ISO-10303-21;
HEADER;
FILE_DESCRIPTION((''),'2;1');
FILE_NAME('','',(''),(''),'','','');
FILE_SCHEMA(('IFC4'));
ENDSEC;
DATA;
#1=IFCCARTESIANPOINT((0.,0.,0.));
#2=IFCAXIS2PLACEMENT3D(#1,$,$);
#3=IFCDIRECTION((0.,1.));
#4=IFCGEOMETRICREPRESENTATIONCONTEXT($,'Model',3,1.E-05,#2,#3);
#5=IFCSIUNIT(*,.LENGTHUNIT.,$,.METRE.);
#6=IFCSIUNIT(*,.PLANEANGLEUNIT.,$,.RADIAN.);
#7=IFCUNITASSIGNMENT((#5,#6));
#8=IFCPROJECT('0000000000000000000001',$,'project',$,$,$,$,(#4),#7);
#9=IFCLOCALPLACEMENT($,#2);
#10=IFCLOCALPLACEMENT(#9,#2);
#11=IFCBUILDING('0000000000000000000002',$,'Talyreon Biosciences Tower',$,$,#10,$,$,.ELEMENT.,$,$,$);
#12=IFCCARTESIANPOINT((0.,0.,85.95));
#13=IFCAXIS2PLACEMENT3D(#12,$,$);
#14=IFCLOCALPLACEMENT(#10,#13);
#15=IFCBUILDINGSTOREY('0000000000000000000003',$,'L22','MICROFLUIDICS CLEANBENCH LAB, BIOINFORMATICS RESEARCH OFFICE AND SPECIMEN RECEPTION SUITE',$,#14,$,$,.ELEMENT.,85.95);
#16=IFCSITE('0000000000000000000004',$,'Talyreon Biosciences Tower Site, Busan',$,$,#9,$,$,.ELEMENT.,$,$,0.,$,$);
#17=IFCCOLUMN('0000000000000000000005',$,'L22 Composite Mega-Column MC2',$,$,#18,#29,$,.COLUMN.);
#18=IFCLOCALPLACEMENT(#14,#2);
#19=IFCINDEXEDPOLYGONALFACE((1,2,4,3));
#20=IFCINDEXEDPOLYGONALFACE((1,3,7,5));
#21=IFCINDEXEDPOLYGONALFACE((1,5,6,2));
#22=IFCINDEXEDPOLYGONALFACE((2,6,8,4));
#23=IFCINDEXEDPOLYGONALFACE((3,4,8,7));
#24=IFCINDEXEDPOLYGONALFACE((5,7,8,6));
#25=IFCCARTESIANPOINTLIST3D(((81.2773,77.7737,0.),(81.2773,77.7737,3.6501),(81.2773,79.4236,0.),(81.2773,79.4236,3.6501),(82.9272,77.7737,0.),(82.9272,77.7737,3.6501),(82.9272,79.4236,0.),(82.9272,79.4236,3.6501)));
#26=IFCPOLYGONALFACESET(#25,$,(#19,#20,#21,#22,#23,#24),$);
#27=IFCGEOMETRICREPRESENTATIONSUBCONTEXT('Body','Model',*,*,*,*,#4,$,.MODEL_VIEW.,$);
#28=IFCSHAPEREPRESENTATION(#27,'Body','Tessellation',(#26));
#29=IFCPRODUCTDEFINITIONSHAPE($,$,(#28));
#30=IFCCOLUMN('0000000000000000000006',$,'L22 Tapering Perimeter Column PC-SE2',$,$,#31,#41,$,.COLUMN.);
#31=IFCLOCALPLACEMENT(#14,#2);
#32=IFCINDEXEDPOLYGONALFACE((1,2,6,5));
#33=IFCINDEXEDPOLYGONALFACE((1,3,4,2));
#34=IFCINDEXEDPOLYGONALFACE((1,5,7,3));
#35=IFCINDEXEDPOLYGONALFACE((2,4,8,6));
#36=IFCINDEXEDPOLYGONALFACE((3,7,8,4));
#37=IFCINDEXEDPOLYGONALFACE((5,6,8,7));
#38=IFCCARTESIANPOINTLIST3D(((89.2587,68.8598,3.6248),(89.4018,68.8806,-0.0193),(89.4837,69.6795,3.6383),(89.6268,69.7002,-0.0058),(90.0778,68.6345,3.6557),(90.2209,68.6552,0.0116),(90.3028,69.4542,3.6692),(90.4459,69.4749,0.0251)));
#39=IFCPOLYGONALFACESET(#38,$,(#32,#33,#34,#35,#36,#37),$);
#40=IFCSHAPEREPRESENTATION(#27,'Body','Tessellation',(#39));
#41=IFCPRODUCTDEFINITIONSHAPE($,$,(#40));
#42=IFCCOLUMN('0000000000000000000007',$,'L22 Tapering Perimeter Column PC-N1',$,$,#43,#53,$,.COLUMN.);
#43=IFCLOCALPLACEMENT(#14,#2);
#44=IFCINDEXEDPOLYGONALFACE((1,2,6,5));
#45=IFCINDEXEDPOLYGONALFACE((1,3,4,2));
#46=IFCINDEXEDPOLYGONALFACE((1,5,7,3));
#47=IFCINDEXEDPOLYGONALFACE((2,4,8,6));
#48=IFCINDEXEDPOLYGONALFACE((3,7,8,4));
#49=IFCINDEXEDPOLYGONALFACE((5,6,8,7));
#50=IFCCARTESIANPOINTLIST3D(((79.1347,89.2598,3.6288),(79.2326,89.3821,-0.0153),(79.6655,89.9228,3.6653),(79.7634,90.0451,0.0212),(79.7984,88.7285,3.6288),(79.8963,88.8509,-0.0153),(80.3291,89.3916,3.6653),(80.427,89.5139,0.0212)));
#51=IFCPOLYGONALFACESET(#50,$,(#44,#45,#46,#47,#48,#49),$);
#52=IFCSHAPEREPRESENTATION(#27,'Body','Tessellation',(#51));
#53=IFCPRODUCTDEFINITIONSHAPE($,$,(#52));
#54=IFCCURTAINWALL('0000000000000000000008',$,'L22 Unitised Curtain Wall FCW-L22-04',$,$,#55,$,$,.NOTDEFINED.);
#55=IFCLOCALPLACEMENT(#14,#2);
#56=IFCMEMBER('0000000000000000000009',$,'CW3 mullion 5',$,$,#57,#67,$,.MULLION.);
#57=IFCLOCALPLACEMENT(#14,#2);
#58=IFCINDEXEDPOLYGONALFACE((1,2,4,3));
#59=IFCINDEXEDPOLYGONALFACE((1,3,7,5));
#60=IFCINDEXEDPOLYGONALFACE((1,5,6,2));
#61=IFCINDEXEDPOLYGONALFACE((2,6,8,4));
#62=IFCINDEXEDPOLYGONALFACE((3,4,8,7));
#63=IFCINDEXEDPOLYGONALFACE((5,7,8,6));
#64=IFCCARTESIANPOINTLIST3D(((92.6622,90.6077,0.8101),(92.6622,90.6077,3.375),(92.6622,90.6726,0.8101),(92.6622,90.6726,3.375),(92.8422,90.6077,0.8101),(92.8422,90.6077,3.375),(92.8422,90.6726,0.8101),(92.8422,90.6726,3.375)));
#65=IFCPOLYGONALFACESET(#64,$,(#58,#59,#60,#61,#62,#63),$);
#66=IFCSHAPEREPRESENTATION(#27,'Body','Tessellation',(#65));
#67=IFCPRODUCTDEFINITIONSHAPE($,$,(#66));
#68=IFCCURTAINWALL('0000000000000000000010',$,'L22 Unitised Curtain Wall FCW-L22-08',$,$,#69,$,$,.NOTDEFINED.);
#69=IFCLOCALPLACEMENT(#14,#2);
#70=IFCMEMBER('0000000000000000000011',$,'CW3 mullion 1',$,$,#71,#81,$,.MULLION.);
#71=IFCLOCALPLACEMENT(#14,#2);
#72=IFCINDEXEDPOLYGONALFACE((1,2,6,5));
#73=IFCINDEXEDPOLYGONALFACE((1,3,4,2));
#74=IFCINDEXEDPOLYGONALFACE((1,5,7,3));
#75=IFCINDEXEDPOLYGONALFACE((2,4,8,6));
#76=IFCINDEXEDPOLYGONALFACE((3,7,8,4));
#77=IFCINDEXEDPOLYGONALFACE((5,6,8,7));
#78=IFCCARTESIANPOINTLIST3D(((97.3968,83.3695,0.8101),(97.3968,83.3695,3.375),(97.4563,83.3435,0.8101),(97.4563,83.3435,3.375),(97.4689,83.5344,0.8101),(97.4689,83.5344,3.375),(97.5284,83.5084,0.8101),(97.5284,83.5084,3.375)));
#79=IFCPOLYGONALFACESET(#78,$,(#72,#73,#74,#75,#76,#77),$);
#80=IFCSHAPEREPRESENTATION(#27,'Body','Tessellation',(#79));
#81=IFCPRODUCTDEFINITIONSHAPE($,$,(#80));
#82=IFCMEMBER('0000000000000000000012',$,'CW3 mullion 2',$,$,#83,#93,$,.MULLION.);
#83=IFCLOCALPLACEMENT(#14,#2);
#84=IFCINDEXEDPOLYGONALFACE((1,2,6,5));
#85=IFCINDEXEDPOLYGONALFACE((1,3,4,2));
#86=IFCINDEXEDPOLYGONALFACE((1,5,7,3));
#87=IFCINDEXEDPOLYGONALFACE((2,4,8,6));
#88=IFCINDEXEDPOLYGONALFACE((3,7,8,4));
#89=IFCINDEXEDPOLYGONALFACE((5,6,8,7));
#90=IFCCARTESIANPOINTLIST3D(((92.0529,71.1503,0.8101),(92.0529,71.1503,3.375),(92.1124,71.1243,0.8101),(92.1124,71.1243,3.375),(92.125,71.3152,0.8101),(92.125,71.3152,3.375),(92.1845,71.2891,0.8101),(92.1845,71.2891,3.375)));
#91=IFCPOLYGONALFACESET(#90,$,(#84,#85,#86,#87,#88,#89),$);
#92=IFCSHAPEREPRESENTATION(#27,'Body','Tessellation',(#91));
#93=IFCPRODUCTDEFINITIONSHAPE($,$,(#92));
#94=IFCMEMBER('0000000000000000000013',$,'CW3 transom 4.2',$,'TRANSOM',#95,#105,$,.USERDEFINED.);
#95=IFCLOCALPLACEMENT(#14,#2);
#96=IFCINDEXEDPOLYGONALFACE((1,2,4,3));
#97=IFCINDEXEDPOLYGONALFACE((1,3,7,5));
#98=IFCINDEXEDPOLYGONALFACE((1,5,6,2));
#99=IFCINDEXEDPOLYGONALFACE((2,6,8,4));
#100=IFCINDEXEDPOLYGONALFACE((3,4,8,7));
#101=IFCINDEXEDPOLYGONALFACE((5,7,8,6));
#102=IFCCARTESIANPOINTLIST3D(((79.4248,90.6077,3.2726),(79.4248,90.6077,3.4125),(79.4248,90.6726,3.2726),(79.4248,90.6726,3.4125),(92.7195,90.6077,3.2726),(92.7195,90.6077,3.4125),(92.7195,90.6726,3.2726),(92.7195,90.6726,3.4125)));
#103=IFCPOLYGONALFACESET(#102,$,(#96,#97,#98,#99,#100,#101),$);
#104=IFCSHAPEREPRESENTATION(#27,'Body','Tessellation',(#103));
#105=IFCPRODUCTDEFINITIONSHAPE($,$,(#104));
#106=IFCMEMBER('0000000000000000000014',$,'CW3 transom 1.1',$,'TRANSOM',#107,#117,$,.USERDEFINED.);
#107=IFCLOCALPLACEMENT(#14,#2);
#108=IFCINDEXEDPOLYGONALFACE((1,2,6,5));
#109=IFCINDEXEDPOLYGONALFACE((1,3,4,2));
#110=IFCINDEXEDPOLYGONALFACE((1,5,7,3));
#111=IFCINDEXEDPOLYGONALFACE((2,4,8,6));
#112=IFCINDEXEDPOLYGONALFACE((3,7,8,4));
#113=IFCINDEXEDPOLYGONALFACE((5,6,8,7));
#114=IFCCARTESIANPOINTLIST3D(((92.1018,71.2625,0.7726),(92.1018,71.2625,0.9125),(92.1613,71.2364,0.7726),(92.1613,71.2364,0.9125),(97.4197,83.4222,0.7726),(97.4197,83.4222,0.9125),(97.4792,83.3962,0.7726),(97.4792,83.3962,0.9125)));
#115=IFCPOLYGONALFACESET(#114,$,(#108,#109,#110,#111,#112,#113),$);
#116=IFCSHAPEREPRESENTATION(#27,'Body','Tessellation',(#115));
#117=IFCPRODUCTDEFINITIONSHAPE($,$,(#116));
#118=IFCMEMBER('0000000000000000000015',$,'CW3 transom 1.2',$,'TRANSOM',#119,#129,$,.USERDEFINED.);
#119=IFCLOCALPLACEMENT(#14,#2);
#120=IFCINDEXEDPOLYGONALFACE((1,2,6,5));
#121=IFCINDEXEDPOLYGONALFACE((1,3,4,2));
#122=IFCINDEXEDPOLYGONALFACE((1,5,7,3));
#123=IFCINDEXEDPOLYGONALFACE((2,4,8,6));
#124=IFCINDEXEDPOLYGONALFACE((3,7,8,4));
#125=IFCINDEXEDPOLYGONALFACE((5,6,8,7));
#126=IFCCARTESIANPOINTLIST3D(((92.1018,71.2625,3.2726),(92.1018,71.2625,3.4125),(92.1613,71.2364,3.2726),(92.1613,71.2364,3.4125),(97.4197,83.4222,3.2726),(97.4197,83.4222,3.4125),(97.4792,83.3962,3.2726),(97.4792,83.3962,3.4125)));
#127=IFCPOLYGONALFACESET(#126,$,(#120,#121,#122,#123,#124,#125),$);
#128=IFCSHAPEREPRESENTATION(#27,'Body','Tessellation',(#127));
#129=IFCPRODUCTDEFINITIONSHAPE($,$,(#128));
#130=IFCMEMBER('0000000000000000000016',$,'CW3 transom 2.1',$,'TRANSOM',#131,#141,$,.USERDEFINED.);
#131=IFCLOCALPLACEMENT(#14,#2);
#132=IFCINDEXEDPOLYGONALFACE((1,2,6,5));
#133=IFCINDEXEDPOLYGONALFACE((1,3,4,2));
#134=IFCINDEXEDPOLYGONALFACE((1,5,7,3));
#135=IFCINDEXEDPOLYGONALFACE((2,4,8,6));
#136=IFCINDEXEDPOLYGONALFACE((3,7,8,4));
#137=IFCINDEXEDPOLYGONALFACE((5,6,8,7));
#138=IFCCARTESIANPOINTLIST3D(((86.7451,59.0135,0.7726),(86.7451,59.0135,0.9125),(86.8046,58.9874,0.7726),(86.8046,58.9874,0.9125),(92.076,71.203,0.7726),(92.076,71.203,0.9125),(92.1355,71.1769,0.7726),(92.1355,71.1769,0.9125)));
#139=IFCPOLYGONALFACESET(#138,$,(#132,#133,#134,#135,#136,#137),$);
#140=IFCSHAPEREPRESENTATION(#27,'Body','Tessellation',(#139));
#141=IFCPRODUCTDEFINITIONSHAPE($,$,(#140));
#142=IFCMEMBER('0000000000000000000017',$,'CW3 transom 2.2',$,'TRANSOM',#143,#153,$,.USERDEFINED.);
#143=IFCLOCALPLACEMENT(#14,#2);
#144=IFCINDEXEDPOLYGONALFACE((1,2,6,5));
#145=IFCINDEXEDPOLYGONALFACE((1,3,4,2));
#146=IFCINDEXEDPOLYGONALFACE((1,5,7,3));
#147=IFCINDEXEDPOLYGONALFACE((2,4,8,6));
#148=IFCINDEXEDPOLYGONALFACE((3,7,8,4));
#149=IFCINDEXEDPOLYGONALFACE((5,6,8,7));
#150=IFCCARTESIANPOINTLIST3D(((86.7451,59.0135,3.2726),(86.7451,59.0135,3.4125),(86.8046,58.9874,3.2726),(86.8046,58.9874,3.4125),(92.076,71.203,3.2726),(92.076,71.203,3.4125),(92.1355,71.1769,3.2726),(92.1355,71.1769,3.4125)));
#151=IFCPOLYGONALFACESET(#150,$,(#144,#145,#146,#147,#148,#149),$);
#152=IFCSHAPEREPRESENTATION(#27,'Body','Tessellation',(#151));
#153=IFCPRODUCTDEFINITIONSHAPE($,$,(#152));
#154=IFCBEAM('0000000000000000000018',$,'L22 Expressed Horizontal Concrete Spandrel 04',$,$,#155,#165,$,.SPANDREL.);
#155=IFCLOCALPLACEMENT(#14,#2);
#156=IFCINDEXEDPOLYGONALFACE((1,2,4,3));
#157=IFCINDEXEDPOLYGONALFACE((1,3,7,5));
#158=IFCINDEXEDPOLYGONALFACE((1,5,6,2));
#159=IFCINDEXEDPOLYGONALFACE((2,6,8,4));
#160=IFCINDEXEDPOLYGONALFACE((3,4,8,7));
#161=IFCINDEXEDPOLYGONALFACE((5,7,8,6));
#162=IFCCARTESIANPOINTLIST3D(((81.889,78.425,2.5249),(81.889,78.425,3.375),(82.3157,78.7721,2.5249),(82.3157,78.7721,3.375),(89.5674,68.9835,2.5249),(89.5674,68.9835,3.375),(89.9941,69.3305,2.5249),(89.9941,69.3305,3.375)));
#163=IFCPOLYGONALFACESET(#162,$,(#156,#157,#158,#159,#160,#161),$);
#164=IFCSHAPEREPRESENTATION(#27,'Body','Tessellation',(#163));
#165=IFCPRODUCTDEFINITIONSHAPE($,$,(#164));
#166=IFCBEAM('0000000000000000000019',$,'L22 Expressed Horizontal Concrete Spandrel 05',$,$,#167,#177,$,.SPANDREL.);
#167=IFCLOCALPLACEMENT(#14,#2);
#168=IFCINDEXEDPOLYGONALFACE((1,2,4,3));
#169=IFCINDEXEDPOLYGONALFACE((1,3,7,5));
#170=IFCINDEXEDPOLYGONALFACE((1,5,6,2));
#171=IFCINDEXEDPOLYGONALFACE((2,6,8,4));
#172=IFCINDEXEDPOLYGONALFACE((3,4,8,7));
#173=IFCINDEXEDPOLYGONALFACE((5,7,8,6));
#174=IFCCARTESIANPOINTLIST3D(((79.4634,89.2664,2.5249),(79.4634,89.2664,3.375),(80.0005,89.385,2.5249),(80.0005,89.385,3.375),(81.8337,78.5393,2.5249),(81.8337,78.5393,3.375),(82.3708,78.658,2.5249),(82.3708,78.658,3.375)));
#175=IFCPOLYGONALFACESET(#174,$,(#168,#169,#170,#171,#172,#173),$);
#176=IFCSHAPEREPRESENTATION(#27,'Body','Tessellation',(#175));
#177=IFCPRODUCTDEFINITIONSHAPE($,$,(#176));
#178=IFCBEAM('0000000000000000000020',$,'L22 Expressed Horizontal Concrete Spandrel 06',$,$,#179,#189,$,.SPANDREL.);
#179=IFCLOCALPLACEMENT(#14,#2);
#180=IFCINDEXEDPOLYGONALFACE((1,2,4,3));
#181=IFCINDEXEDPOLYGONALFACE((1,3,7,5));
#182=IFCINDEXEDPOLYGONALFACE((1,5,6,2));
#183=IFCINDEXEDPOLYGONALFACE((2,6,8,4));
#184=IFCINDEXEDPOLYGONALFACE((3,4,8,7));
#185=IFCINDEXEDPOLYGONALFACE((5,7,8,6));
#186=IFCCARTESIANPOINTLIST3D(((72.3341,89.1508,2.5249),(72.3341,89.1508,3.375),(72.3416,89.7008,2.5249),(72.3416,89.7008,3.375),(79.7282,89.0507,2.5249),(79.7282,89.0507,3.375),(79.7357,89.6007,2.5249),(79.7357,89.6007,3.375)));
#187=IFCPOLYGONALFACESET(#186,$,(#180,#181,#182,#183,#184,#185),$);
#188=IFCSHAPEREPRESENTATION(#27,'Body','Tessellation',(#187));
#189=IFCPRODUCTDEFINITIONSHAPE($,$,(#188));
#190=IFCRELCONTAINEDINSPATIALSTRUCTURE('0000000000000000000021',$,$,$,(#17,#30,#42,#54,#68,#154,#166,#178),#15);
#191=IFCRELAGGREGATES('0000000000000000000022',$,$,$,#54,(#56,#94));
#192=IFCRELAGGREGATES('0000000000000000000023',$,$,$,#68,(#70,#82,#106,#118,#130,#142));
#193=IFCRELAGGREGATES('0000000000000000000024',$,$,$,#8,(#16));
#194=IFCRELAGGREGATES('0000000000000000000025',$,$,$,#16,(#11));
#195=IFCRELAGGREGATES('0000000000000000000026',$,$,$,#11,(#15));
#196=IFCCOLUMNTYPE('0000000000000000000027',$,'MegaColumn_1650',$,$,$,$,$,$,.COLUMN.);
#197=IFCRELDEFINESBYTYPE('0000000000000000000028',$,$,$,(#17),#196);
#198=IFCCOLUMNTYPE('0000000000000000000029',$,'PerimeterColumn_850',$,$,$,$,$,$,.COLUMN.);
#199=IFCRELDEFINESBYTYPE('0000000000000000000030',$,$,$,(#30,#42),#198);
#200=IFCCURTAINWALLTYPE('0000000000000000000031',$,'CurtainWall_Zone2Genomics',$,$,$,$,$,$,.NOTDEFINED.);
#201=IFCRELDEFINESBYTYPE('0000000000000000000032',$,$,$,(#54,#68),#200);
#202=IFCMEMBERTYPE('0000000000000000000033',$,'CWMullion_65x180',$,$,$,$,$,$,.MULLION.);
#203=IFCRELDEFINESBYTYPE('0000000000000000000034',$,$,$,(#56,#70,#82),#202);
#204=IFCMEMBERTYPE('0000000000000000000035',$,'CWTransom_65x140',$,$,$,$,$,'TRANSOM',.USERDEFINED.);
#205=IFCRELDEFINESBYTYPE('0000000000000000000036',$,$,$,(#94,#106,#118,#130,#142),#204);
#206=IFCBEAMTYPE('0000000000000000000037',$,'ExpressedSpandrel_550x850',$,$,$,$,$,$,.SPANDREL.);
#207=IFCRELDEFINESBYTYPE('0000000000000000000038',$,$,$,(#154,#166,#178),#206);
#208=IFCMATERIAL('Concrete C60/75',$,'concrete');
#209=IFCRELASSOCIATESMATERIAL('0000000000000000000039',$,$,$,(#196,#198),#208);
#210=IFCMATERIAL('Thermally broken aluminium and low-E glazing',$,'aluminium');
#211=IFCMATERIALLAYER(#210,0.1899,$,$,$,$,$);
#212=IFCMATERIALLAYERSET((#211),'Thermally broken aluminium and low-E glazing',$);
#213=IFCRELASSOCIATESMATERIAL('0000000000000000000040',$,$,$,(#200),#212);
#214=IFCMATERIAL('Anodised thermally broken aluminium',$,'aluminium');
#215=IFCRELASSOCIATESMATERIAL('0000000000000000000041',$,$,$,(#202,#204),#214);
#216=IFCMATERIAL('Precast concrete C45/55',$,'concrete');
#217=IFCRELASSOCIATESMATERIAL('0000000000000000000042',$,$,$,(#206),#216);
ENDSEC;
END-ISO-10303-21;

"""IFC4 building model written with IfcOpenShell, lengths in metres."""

from ifc_helpers import new_model, si_unit, direction, frame, origin, origin_2d, place, context, subcontext, project, spatial, rectangle, extrude, material, layer, layer_set, material_profile, profile_set, type_object, element, aggregate, save


model = new_model("IFC4")

# Units and contexts
model_context = context("Model", 3, precision=1e-05, world=origin(), true_north=direction((0.0, 1.0)))
body_context = subcontext(model_context, "Body", "Model", "MODEL_VIEW")
ifc_project = project(units=[si_unit("LENGTHUNIT", "METRE"), si_unit("PLANEANGLEUNIT", "RADIAN")], contexts=[model_context])

# Site, building, storey
site_placement = place(None, origin())
site = spatial("IfcSite", under=ifc_project, at=site_placement, Name="Talyreon Biosciences Tower Site, Busan", CompositionType="ELEMENT", RefElevation=0.0)
building_placement = place(site_placement, origin())
building = spatial("IfcBuilding", under=site, at=building_placement, Name="Talyreon Biosciences Tower", CompositionType="ELEMENT")
storey_placement = place(building_placement, frame((0.0, 0.0, 85.95)))
storey = spatial("IfcBuildingStorey", under=building, at=storey_placement, Name="L22", Description="MICROFLUIDICS CLEANBENCH LAB, BIOINFORMATICS RESEARCH OFFICE AND SPECIMEN RECEPTION SUITE", CompositionType="ELEMENT", Elevation=85.95)

# Columns
ifc_material_1 = material(Name="Concrete C60/75", Category="concrete")
ifc_material_profile_1 = material_profile(ifc_material_1, rectangle(XDim=1.6499, YDim=1.6499, at=origin_2d()), Name="RC 1650x1650")
ifc_profile_set_1 = profile_set([ifc_material_profile_1], Name="Concrete C60/75")
column_type_1 = type_object("IfcColumnType", Name="MegaColumn_1650", PredefinedType="COLUMN", material=ifc_profile_set_1)
column_1_placement = place(storey_placement, frame((82.1023, 78.5986, 0.0), z_axis=(0.0, 0.0, 1.0), x_axis=(1.0, 0.0, 0.0)))
element("IfcColumn", 1, at=column_1_placement, inside=storey, type_object=column_type_1, Name="L22 Composite Mega-Column MC2", PredefinedType="COLUMN", context=body_context, shape_type="SweptSolid", body=[
    extrude(rectangle(XDim=1.6499, YDim=1.6499, at=origin_2d()), origin(), (0.0, 0.0, 1.0), 3.6501),
])
ifc_material_profile_2 = material_profile(ifc_material_1, rectangle(XDim=0.8501, YDim=0.8501, at=origin_2d()), Name="RC 850x850")
ifc_profile_set_2 = profile_set([ifc_material_profile_2], Name="Concrete C60/75")
column_type_2 = type_object("IfcColumnType", Name="PerimeterColumn_850", PredefinedType="COLUMN", material=ifc_profile_set_2)
column_2_placement = place(storey_placement, frame((89.9238, 69.1777, 0.0029), z_axis=(-0.039229, -0.00569, 0.999214), x_axis=(0.963546, -0.265066, 0.03632)))
element("IfcColumn", 2, at=column_2_placement, inside=storey, type_object=column_type_2, Name="L22 Tapering Perimeter Column PC-SE2", PredefinedType="COLUMN", context=body_context, shape_type="SweptSolid", body=[
    extrude(rectangle(XDim=0.8501, YDim=0.8501, at=origin_2d()), origin(), (0.0, 0.0, 1.0), 3.647),
])
column_3_placement = place(storey_placement, frame((79.8298, 89.448, 0.0029), z_axis=(-0.026841, -0.033535, 0.999077), x_axis=(-0.780717, 0.624885, 0.0)))
element("IfcColumn", 3, at=column_3_placement, inside=storey, type_object=column_type_2, Name="L22 Tapering Perimeter Column PC-N1", PredefinedType="COLUMN", context=body_context, shape_type="SweptSolid", body=[
    extrude(rectangle(XDim=0.8501, YDim=0.8501, at=origin_2d()), origin(), (0.0, 0.0, 1.0), 3.6475),
])

# Curtain wall, member
ifc_material_2 = material(Name="Thermally broken aluminium and low-E glazing", Category="aluminium")
ifc_layer_1 = layer(ifc_material_2, 0.1899)
ifc_layer_set_1 = layer_set([ifc_layer_1], Name="Thermally broken aluminium and low-E glazing")
curtain_wall_type = type_object("IfcCurtainWallType", Name="CurtainWall_Zone2Genomics", PredefinedType="NOTDEFINED", material=ifc_layer_set_1)
curtain_wall_1_placement = place(storey_placement, origin())
curtain_wall_1 = element("IfcCurtainWall", 4, at=curtain_wall_1_placement, inside=storey, type_object=curtain_wall_type, Name="L22 Unitised Curtain Wall FCW-L22-04", PredefinedType="NOTDEFINED")
ifc_material_3 = material(Name="Anodised thermally broken aluminium", Category="aluminium")
ifc_material_profile_3 = material_profile(ifc_material_3, rectangle(XDim=0.0649, YDim=0.1799, at=origin_2d()), Name="ALUM MULLION 65x180")
ifc_profile_set_3 = profile_set([ifc_material_profile_3], Name="Anodised thermally broken aluminium")
member_type_1 = type_object("IfcMemberType", Name="CWMullion_65x180", PredefinedType="MULLION", material=ifc_profile_set_3)
member_1_placement = place(storey_placement, frame((92.7522, 90.6401, 0.8101), z_axis=(0.0, 0.0, 1.0), x_axis=(0.0, 1.0, 0.0)))
member_1 = element("IfcMember", 5, at=member_1_placement, type_object=member_type_1, Name="CW3 mullion 5", PredefinedType="MULLION", context=body_context, shape_type="SweptSolid", body=[
    extrude(rectangle(XDim=0.0649, YDim=0.1799, at=origin_2d()), origin(), (0.0, 0.0, 1.0), 2.5649),
])

# Curtain wall, members
curtain_wall_2_placement = place(storey_placement, origin())
curtain_wall_2 = element("IfcCurtainWall", 6, at=curtain_wall_2_placement, inside=storey, type_object=curtain_wall_type, Name="L22 Unitised Curtain Wall FCW-L22-08", PredefinedType="NOTDEFINED")
member_2_placement = place(storey_placement, frame((97.4626, 83.439, 0.8101), z_axis=(0.0, 0.0, 1.0), x_axis=(0.916214, -0.400689, 0.0)))
member_2 = element("IfcMember", 7, at=member_2_placement, type_object=member_type_1, Name="CW3 mullion 1", PredefinedType="MULLION", context=body_context, shape_type="SweptSolid", body=[
    extrude(rectangle(XDim=0.0649, YDim=0.1799, at=origin_2d()), origin(), (0.0, 0.0, 1.0), 2.5649),
])
member_3_placement = place(storey_placement, frame((92.1187, 71.2197, 0.8101), z_axis=(0.0, 0.0, 1.0), x_axis=(0.916214, -0.400689, 0.0)))
member_3 = element("IfcMember", 8, at=member_3_placement, type_object=member_type_1, Name="CW3 mullion 2", PredefinedType="MULLION", context=body_context, shape_type="SweptSolid", body=[
    extrude(rectangle(XDim=0.0649, YDim=0.1799, at=origin_2d()), origin(), (0.0, 0.0, 1.0), 2.5649),
])

# Members
ifc_material_profile_4 = material_profile(ifc_material_3, rectangle(XDim=0.0649, YDim=0.1399, at=origin_2d()), Name="ALUM TRANSOM 65x140")
ifc_profile_set_4 = profile_set([ifc_material_profile_4], Name="Anodised thermally broken aluminium")
member_type_2 = type_object("IfcMemberType", Name="CWTransom_65x140", ElementType="TRANSOM", PredefinedType="USERDEFINED", material=ifc_profile_set_4)
member_4_placement = place(storey_placement, frame((79.4248, 90.6401, 3.3425), z_axis=(1.0, 0.0, 0.0), x_axis=(0.0, 1.0, 0.0)))
member_4 = element("IfcMember", 9, at=member_4_placement, type_object=member_type_2, Name="CW3 transom 4.2", ObjectType="TRANSOM", PredefinedType="USERDEFINED", context=body_context, shape_type="SweptSolid", body=[
    extrude(rectangle(XDim=0.0649, YDim=0.1399, at=origin_2d()), origin(), (0.0, 0.0, 1.0), 13.2947),
])
member_5_placement = place(storey_placement, frame((97.4495, 83.4092, 0.8425), z_axis=(-0.400693, -0.916212, 0.0), x_axis=(0.916212, -0.400693, 0.0)))
member_5 = element("IfcMember", 10, at=member_5_placement, type_object=member_type_2, Name="CW3 transom 1.1", ObjectType="TRANSOM", PredefinedType="USERDEFINED", context=body_context, shape_type="SweptSolid", body=[
    extrude(rectangle(XDim=0.0649, YDim=0.1399, at=origin_2d()), origin(), (0.0, 0.0, 1.0), 13.2717),
])
member_6_placement = place(storey_placement, frame((97.4495, 83.4092, 3.3425), z_axis=(-0.400693, -0.916212, 0.0), x_axis=(0.916212, -0.400693, 0.0)))
member_6 = element("IfcMember", 11, at=member_6_placement, type_object=member_type_2, Name="CW3 transom 1.2", ObjectType="TRANSOM", PredefinedType="USERDEFINED", context=body_context, shape_type="SweptSolid", body=[
    extrude(rectangle(XDim=0.0649, YDim=0.1399, at=origin_2d()), origin(), (0.0, 0.0, 1.0), 13.2717),
])
member_7_placement = place(storey_placement, frame((92.1057, 71.1899, 0.8425), z_axis=(-0.400688, -0.916215, 0.0), x_axis=(0.916215, -0.400688, 0.0)))
member_7 = element("IfcMember", 12, at=member_7_placement, type_object=member_type_2, Name="CW3 transom 2.1", ObjectType="TRANSOM", PredefinedType="USERDEFINED", context=body_context, shape_type="SweptSolid", body=[
    extrude(rectangle(XDim=0.0649, YDim=0.1399, at=origin_2d()), origin(), (0.0, 0.0, 1.0), 13.3042),
])
member_8_placement = place(storey_placement, frame((92.1057, 71.1899, 3.3425), z_axis=(-0.400688, -0.916215, 0.0), x_axis=(0.916215, -0.400688, 0.0)))
member_8 = element("IfcMember", 13, at=member_8_placement, type_object=member_type_2, Name="CW3 transom 2.2", ObjectType="TRANSOM", PredefinedType="USERDEFINED", context=body_context, shape_type="SweptSolid", body=[
    extrude(rectangle(XDim=0.0649, YDim=0.1399, at=origin_2d()), origin(), (0.0, 0.0, 1.0), 13.3042),
])

# Beams
ifc_material_4 = material(Name="Precast concrete C45/55", Category="concrete")
ifc_material_profile_5 = material_profile(ifc_material_4, rectangle(XDim=0.55, YDim=0.8501, at=origin_2d()), Name="RCB 550x850")
ifc_profile_set_5 = profile_set([ifc_material_profile_5], Name="Precast concrete C45/55")
beam_type_1 = type_object("IfcBeamType", Name="ExpressedSpandrel_550x850", PredefinedType="SPANDREL", material=ifc_profile_set_5)
beam_1_placement = place(storey_placement, frame((89.7808, 69.157, 2.95), z_axis=(-0.630945, 0.775827, 0.0), x_axis=(-0.775827, -0.630945, 0.0)))
element("IfcBeam", 14, at=beam_1_placement, inside=storey, type_object=beam_type_1, Name="L22 Expressed Horizontal Concrete Spandrel 04", PredefinedType="SPANDREL", context=body_context, shape_type="SweptSolid", body=[
    extrude(rectangle(XDim=0.55, YDim=0.8501, at=origin_2d()), origin(), (0.0, 0.0, 1.0), 12.1697),
])
beam_2_placement = place(storey_placement, frame((82.1023, 78.5986, 2.95), z_axis=(-0.215766, 0.976445, 0.0), x_axis=(-0.976445, -0.215766, 0.0)))
element("IfcBeam", 15, at=beam_2_placement, inside=storey, type_object=beam_type_1, Name="L22 Expressed Horizontal Concrete Spandrel 05", PredefinedType="SPANDREL", context=body_context, shape_type="SweptSolid", body=[
    extrude(rectangle(XDim=0.55, YDim=0.8501, at=origin_2d()), origin(), (0.0, 0.0, 1.0), 10.9858),
])
beam_3_placement = place(storey_placement, frame((79.7319, 89.3257, 2.95), z_axis=(-0.999908, 0.013536, 0.0), x_axis=(-0.013536, -0.999908, 0.0)))
element("IfcBeam", 16, at=beam_3_placement, inside=storey, type_object=beam_type_1, Name="L22 Expressed Horizontal Concrete Spandrel 06", PredefinedType="SPANDREL", context=body_context, shape_type="SweptSolid", body=[
    extrude(rectangle(XDim=0.55, YDim=0.8501, at=origin_2d()), origin(), (0.0, 0.0, 1.0), 7.3948),
])

aggregate(curtain_wall_1, [member_1, member_4])
aggregate(curtain_wall_2, [member_2, member_3, member_5, member_6, member_7, member_8])

save(model, "model.ifc")
